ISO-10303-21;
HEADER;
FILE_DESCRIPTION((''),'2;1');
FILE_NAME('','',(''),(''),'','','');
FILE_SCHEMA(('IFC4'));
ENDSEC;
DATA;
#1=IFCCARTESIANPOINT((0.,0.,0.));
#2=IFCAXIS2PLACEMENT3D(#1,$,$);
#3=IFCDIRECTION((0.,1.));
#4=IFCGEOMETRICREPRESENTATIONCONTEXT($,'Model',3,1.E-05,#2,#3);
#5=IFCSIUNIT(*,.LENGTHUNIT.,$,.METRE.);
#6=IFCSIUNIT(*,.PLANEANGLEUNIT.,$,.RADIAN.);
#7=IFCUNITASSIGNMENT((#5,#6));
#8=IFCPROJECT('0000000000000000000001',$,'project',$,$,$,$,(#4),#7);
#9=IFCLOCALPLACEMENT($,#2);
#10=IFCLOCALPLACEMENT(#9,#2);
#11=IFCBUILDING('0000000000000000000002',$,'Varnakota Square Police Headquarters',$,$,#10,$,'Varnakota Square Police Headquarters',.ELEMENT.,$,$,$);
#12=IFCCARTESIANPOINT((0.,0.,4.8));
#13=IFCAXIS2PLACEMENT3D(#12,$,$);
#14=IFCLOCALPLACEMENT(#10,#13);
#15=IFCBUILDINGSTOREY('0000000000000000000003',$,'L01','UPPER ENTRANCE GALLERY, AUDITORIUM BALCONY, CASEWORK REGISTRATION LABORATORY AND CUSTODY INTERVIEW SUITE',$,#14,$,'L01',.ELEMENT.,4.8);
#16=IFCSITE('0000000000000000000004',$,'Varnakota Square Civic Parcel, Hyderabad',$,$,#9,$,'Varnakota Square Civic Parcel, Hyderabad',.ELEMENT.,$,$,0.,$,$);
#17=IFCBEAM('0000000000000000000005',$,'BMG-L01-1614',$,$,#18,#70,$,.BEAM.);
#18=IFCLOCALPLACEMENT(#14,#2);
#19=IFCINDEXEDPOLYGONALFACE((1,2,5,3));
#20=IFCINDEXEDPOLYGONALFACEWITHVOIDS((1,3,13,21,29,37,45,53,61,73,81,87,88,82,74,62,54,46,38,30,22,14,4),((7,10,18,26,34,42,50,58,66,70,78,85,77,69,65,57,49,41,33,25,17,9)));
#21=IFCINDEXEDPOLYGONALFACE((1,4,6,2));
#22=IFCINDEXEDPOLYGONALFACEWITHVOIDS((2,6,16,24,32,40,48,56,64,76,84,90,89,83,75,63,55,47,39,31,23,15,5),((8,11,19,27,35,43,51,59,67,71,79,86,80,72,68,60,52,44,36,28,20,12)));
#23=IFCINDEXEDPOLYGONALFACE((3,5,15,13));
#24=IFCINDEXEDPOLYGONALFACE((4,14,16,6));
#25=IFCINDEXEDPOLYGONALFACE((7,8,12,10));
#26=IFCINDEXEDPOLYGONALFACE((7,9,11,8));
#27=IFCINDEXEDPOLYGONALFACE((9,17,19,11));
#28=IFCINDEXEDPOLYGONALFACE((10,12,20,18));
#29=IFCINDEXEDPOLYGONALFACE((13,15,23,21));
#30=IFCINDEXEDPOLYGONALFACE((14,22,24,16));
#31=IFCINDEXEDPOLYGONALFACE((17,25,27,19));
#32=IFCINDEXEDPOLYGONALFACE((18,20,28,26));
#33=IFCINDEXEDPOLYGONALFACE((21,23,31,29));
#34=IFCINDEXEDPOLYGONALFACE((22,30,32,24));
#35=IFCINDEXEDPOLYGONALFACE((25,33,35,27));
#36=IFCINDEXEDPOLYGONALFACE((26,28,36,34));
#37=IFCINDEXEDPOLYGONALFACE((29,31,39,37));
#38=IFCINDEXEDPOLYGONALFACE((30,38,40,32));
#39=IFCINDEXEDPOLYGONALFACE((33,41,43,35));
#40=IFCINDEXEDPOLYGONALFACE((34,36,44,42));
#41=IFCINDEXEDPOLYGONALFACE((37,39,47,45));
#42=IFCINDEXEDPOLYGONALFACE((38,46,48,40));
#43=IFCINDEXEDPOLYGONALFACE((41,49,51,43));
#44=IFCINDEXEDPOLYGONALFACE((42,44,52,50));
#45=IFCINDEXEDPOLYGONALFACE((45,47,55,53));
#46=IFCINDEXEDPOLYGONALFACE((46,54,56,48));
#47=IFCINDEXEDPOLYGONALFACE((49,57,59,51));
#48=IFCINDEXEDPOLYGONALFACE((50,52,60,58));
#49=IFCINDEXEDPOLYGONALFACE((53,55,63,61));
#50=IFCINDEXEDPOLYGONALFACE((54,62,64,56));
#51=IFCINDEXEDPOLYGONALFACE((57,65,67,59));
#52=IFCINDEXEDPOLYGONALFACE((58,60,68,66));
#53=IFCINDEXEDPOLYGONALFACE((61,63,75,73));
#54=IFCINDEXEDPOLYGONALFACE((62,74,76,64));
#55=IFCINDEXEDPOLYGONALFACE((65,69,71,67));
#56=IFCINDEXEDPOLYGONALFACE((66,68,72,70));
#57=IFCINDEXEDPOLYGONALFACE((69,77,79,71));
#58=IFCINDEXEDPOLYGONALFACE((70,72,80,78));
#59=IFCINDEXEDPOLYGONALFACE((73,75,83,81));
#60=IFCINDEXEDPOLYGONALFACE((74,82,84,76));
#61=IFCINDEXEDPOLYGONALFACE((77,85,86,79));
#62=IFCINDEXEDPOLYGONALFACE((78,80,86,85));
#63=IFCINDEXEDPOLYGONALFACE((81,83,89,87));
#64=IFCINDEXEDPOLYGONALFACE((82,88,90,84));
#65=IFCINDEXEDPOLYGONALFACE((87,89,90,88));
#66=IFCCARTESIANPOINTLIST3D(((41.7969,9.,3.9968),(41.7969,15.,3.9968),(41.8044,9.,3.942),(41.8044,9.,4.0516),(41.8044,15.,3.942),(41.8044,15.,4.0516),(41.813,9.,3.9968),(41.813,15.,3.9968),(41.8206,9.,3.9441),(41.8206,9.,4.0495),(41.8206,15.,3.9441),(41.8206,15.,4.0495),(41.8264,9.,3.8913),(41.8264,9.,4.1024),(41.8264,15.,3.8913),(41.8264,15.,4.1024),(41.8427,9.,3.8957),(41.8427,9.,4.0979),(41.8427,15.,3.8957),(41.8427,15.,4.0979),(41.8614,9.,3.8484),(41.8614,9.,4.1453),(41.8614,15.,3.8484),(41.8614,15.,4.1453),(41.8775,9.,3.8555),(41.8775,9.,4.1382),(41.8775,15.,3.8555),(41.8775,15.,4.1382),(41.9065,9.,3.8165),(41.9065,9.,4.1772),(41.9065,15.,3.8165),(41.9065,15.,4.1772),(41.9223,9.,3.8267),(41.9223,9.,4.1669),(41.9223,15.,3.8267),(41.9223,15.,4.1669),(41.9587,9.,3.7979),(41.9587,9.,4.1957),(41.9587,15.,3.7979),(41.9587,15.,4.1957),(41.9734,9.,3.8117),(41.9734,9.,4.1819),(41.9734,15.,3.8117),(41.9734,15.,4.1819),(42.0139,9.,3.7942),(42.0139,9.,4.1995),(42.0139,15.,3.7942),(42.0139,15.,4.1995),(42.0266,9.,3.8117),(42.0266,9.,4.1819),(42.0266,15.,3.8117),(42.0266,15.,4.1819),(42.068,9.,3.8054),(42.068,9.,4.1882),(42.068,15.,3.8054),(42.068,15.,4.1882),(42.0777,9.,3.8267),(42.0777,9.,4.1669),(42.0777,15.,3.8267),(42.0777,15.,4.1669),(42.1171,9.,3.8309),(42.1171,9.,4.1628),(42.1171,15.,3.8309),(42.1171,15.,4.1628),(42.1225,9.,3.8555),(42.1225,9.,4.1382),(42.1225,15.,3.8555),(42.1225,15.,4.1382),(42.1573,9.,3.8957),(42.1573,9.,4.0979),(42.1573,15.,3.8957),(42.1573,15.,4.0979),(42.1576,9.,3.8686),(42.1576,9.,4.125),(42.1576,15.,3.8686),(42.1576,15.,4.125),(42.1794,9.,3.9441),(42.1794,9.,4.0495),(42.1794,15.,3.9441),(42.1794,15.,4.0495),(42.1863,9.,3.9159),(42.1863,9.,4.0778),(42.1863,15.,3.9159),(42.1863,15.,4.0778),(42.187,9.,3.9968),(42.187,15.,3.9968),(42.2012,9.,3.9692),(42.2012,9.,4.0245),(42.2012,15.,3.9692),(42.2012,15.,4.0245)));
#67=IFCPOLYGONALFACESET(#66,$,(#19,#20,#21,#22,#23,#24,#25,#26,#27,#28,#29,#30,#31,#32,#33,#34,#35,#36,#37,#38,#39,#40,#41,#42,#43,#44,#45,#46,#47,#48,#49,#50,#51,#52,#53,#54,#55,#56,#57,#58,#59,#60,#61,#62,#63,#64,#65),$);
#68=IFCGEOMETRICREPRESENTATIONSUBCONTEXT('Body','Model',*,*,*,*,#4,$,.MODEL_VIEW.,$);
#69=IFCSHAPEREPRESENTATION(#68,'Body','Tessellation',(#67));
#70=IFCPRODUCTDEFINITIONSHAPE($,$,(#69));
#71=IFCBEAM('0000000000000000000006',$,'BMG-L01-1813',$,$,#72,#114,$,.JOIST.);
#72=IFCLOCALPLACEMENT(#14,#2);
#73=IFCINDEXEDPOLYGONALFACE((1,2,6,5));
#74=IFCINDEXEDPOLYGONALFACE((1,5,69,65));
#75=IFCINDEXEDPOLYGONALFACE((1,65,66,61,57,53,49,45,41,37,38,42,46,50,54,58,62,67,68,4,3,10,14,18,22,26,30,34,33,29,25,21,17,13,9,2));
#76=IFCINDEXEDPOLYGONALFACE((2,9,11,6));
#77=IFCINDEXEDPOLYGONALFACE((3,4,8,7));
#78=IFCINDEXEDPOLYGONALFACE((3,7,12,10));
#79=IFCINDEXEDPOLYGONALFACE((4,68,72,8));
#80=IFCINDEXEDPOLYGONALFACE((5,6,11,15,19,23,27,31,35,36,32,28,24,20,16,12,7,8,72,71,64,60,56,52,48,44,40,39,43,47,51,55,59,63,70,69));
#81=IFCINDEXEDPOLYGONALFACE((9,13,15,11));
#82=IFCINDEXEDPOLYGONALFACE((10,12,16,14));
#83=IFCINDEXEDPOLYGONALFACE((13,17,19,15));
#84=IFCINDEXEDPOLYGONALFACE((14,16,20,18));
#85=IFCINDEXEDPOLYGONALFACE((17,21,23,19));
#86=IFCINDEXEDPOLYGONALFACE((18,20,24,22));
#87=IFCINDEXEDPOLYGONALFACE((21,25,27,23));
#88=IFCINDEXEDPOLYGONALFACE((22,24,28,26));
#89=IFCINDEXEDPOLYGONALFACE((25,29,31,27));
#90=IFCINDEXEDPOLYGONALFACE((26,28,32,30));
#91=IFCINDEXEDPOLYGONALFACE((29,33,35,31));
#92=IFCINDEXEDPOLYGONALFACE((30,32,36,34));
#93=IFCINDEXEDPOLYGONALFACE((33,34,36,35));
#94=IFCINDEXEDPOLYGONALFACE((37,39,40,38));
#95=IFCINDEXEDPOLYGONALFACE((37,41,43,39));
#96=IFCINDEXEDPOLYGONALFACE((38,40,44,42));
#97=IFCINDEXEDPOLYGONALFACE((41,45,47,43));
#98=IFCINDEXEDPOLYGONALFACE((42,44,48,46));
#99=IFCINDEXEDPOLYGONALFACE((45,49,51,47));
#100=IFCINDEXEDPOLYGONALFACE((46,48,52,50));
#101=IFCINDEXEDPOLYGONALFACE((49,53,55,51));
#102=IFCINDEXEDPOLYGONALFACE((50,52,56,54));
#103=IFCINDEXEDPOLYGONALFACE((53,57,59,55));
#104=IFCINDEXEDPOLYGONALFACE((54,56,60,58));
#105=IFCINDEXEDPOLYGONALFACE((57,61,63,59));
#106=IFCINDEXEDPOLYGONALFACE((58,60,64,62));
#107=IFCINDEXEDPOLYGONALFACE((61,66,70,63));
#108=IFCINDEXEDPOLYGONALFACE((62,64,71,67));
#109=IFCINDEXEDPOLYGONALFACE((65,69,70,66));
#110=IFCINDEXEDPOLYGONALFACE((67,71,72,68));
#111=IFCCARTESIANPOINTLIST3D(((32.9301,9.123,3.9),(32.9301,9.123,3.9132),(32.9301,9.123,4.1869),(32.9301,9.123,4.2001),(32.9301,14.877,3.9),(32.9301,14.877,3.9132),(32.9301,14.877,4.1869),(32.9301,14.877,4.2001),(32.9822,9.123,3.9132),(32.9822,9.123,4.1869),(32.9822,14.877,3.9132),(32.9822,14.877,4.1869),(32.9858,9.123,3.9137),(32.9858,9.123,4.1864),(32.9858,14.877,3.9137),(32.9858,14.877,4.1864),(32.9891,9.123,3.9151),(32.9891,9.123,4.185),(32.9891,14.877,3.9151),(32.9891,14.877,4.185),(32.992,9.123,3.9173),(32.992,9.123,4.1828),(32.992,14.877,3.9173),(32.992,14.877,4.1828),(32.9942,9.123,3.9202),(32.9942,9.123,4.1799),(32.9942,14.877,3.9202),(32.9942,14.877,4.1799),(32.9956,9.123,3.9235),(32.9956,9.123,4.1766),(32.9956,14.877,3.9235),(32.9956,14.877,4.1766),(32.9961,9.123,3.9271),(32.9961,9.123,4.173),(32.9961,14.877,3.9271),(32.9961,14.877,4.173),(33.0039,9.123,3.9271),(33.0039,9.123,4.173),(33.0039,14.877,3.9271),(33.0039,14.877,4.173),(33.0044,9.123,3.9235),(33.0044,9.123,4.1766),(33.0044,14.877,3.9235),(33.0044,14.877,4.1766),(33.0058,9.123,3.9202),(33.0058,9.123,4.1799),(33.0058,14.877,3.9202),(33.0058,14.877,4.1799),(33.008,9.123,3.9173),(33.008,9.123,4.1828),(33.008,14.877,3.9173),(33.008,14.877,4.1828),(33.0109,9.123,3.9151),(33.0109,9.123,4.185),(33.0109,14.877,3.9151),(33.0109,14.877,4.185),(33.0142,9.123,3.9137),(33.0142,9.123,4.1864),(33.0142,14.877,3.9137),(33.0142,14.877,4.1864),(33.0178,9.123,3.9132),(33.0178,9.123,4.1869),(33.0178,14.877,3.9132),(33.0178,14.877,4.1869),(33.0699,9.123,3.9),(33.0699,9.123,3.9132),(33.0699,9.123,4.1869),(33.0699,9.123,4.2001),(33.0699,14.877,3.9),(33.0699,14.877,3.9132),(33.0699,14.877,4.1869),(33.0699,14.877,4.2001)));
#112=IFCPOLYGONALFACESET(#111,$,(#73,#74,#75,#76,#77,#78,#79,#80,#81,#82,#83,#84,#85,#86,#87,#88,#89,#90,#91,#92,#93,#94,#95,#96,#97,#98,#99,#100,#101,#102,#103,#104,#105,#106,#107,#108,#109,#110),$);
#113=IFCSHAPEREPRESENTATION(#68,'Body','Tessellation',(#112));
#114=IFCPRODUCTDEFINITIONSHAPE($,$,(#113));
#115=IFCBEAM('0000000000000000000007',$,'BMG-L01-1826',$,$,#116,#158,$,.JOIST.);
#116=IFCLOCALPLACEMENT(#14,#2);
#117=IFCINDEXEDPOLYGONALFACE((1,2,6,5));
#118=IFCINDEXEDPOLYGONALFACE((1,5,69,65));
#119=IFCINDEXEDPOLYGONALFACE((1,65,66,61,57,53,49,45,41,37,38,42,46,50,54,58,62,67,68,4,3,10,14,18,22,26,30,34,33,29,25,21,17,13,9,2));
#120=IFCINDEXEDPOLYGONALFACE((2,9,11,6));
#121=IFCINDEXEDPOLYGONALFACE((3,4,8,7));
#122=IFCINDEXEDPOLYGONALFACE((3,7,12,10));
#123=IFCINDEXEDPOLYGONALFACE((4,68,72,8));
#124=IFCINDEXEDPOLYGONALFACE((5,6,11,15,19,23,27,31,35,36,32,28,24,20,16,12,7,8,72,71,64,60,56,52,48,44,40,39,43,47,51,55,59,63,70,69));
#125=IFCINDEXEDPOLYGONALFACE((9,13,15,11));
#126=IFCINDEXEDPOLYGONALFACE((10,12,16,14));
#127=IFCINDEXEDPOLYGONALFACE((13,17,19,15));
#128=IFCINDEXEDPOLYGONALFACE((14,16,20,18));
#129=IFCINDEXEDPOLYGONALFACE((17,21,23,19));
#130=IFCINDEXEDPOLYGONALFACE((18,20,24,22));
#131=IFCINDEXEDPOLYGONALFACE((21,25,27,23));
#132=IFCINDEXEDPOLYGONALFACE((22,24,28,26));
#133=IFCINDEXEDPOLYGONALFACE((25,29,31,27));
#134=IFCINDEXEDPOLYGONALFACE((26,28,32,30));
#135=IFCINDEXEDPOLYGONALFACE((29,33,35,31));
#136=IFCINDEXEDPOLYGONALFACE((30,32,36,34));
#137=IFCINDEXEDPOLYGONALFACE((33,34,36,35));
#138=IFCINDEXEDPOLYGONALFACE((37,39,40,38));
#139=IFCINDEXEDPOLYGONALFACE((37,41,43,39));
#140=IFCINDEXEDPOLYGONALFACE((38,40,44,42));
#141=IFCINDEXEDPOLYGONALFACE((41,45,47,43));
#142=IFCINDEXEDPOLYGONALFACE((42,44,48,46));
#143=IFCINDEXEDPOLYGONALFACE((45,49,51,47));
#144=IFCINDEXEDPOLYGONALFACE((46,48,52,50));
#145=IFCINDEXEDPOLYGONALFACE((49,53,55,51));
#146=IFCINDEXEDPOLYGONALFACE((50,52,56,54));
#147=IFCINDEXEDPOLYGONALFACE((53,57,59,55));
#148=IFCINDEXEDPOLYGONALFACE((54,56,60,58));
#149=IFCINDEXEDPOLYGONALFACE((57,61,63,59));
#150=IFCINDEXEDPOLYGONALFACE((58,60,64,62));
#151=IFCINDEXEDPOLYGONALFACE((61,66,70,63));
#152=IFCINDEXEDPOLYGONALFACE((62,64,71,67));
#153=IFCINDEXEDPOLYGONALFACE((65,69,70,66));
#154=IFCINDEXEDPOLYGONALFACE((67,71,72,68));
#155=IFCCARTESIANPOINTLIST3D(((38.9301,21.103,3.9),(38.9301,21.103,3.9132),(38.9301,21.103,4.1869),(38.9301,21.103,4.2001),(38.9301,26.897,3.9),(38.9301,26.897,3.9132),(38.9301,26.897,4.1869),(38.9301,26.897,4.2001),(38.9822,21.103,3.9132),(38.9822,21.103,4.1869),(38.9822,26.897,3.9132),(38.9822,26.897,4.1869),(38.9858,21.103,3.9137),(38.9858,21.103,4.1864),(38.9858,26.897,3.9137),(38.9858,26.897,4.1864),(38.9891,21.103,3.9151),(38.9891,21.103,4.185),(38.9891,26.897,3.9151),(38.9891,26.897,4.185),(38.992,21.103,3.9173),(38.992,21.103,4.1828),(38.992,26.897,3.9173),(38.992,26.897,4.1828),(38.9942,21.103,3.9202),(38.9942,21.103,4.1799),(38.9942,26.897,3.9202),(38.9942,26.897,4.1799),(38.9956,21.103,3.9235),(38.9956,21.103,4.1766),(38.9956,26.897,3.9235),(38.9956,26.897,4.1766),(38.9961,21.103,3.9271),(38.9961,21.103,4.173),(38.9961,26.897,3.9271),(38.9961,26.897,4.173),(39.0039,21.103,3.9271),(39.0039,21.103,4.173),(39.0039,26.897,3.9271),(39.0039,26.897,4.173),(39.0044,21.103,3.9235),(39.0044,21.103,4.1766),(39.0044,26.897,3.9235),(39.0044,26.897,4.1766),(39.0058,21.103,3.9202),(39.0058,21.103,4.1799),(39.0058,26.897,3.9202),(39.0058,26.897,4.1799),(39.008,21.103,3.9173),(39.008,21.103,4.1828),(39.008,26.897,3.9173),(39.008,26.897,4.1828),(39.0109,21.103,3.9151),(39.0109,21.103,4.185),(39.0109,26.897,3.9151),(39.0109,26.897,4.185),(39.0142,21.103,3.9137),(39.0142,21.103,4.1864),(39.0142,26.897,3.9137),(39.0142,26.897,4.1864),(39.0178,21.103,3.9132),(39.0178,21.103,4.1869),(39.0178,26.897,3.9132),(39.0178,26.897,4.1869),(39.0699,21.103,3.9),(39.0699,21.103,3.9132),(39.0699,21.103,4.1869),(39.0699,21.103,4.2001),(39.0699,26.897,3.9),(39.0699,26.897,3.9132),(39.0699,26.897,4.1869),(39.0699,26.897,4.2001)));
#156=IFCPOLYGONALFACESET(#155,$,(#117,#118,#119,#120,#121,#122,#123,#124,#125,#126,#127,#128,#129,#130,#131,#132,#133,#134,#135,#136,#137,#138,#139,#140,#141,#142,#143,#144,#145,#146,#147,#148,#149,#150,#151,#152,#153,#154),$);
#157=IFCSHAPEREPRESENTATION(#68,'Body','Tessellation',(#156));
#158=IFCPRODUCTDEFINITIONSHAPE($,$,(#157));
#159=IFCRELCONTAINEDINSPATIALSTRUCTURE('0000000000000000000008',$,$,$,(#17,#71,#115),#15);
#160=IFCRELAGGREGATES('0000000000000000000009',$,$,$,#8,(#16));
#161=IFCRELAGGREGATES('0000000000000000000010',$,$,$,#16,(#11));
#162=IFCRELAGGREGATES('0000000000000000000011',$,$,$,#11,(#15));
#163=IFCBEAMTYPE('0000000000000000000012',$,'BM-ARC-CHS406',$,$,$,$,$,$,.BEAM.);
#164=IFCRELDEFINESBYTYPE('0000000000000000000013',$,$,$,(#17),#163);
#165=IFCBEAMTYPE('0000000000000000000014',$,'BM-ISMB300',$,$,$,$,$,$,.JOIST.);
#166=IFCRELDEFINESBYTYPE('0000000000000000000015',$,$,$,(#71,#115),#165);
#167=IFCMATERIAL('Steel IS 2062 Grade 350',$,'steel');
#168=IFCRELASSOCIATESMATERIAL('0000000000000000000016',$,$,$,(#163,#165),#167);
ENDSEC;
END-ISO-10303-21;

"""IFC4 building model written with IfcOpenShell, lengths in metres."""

from ifc_helpers import new_model, si_unit, direction, frame, origin, origin_2d, place, context, subcontext, project, spatial, hollow_circle, i_section, extrude, material, material_profile, profile_set, type_object, element, save


model = new_model("IFC4")

# Units and contexts
model_context = context("Model", 3, precision=1e-05, world=origin(), true_north=direction((0.0, 1.0)))
body_context = subcontext(model_context, "Body", "Model", "MODEL_VIEW")
ifc_project = project(units=[si_unit("LENGTHUNIT", "METRE"), si_unit("PLANEANGLEUNIT", "RADIAN")], contexts=[model_context])

# Site, building, storey
site_placement = place(None, origin())
site = spatial("IfcSite", under=ifc_project, at=site_placement, Name="Varnakota Square Civic Parcel, Hyderabad", LongName="Varnakota Square Civic Parcel, Hyderabad", CompositionType="ELEMENT", RefElevation=0.0)
building_placement = place(site_placement, origin())
building = spatial("IfcBuilding", under=site, at=building_placement, Name="Varnakota Square Police Headquarters", LongName="Varnakota Square Police Headquarters", CompositionType="ELEMENT")
storey_placement = place(building_placement, frame((0.0, 0.0, 4.8)))
storey = spatial("IfcBuildingStorey", under=building, at=storey_placement, Name="L01", Description="UPPER ENTRANCE GALLERY, AUDITORIUM BALCONY, CASEWORK REGISTRATION LABORATORY AND CUSTODY INTERVIEW SUITE", LongName="L01", CompositionType="ELEMENT", Elevation=4.8)

# Shared definitions
ifc_material_1 = material(Name="Steel IS 2062 Grade 350", Category="steel")

# Beams
ifc_material_profile_1 = material_profile(ifc_material_1, hollow_circle(Radius=0.2031, WallThickness=0.0161, at=origin_2d()), Name="CHS 406.4x16.0")
ifc_profile_set_1 = profile_set([ifc_material_profile_1], Name="Steel IS 2062 Grade 350")
beam_type_1 = type_object("IfcBeamType", Name="BM-ARC-CHS406", PredefinedType="BEAM", material=ifc_profile_set_1)
beam_1_placement = place(storey_placement, frame((42.0, 9.0, 3.9968), z_axis=(0.0, 1.0, 0.0), x_axis=(-1.0, 0.0, 0.0)))
element("IfcBeam", 1, at=beam_1_placement, inside=storey, type_object=beam_type_1, Name="BMG-L01-1614", PredefinedType="BEAM", context=body_context, shape_type="SweptSolid", body=[
    extrude(hollow_circle(Radius=0.2031, WallThickness=0.0161, at=origin_2d()), origin(), (0.0, 0.0, 1.0), 6.0),
])
ifc_material_profile_2 = material_profile(ifc_material_1, i_section(OverallWidth=0.1399, OverallDepth=0.3, WebThickness=0.0078, FlangeThickness=0.0132, FilletRadius=0.0139, at=origin_2d()), Name="ISMB 300")
ifc_profile_set_2 = profile_set([ifc_material_profile_2], Name="Steel IS 2062 Grade 350")
beam_type_2 = type_object("IfcBeamType", Name="BM-ISMB300", PredefinedType="JOIST", material=ifc_profile_set_2)
beam_2_placement = place(storey_placement, frame((33.0, 9.123, 4.05), z_axis=(0.0, 1.0, 0.0), x_axis=(-1.0, 0.0, 0.0)))
element("IfcBeam", 2, at=beam_2_placement, inside=storey, type_object=beam_type_2, Name="BMG-L01-1813", PredefinedType="JOIST", context=body_context, shape_type="SweptSolid", body=[
    extrude(i_section(OverallWidth=0.1399, OverallDepth=0.3, WebThickness=0.0078, FlangeThickness=0.0132, FilletRadius=0.0139, at=origin_2d()), origin(), (0.0, 0.0, 1.0), 5.7539),
])
beam_3_placement = place(storey_placement, frame((39.0, 21.103, 4.05), z_axis=(0.0, 1.0, 0.0), x_axis=(-1.0, 0.0, 0.0)))
element("IfcBeam", 3, at=beam_3_placement, inside=storey, type_object=beam_type_2, Name="BMG-L01-1826", PredefinedType="JOIST", context=body_context, shape_type="SweptSolid", body=[
    extrude(i_section(OverallWidth=0.1399, OverallDepth=0.3, WebThickness=0.0078, FlangeThickness=0.0132, FilletRadius=0.0139, at=origin_2d()), origin(), (0.0, 0.0, 1.0), 5.7939),
])

save(model, "model.ifc")
